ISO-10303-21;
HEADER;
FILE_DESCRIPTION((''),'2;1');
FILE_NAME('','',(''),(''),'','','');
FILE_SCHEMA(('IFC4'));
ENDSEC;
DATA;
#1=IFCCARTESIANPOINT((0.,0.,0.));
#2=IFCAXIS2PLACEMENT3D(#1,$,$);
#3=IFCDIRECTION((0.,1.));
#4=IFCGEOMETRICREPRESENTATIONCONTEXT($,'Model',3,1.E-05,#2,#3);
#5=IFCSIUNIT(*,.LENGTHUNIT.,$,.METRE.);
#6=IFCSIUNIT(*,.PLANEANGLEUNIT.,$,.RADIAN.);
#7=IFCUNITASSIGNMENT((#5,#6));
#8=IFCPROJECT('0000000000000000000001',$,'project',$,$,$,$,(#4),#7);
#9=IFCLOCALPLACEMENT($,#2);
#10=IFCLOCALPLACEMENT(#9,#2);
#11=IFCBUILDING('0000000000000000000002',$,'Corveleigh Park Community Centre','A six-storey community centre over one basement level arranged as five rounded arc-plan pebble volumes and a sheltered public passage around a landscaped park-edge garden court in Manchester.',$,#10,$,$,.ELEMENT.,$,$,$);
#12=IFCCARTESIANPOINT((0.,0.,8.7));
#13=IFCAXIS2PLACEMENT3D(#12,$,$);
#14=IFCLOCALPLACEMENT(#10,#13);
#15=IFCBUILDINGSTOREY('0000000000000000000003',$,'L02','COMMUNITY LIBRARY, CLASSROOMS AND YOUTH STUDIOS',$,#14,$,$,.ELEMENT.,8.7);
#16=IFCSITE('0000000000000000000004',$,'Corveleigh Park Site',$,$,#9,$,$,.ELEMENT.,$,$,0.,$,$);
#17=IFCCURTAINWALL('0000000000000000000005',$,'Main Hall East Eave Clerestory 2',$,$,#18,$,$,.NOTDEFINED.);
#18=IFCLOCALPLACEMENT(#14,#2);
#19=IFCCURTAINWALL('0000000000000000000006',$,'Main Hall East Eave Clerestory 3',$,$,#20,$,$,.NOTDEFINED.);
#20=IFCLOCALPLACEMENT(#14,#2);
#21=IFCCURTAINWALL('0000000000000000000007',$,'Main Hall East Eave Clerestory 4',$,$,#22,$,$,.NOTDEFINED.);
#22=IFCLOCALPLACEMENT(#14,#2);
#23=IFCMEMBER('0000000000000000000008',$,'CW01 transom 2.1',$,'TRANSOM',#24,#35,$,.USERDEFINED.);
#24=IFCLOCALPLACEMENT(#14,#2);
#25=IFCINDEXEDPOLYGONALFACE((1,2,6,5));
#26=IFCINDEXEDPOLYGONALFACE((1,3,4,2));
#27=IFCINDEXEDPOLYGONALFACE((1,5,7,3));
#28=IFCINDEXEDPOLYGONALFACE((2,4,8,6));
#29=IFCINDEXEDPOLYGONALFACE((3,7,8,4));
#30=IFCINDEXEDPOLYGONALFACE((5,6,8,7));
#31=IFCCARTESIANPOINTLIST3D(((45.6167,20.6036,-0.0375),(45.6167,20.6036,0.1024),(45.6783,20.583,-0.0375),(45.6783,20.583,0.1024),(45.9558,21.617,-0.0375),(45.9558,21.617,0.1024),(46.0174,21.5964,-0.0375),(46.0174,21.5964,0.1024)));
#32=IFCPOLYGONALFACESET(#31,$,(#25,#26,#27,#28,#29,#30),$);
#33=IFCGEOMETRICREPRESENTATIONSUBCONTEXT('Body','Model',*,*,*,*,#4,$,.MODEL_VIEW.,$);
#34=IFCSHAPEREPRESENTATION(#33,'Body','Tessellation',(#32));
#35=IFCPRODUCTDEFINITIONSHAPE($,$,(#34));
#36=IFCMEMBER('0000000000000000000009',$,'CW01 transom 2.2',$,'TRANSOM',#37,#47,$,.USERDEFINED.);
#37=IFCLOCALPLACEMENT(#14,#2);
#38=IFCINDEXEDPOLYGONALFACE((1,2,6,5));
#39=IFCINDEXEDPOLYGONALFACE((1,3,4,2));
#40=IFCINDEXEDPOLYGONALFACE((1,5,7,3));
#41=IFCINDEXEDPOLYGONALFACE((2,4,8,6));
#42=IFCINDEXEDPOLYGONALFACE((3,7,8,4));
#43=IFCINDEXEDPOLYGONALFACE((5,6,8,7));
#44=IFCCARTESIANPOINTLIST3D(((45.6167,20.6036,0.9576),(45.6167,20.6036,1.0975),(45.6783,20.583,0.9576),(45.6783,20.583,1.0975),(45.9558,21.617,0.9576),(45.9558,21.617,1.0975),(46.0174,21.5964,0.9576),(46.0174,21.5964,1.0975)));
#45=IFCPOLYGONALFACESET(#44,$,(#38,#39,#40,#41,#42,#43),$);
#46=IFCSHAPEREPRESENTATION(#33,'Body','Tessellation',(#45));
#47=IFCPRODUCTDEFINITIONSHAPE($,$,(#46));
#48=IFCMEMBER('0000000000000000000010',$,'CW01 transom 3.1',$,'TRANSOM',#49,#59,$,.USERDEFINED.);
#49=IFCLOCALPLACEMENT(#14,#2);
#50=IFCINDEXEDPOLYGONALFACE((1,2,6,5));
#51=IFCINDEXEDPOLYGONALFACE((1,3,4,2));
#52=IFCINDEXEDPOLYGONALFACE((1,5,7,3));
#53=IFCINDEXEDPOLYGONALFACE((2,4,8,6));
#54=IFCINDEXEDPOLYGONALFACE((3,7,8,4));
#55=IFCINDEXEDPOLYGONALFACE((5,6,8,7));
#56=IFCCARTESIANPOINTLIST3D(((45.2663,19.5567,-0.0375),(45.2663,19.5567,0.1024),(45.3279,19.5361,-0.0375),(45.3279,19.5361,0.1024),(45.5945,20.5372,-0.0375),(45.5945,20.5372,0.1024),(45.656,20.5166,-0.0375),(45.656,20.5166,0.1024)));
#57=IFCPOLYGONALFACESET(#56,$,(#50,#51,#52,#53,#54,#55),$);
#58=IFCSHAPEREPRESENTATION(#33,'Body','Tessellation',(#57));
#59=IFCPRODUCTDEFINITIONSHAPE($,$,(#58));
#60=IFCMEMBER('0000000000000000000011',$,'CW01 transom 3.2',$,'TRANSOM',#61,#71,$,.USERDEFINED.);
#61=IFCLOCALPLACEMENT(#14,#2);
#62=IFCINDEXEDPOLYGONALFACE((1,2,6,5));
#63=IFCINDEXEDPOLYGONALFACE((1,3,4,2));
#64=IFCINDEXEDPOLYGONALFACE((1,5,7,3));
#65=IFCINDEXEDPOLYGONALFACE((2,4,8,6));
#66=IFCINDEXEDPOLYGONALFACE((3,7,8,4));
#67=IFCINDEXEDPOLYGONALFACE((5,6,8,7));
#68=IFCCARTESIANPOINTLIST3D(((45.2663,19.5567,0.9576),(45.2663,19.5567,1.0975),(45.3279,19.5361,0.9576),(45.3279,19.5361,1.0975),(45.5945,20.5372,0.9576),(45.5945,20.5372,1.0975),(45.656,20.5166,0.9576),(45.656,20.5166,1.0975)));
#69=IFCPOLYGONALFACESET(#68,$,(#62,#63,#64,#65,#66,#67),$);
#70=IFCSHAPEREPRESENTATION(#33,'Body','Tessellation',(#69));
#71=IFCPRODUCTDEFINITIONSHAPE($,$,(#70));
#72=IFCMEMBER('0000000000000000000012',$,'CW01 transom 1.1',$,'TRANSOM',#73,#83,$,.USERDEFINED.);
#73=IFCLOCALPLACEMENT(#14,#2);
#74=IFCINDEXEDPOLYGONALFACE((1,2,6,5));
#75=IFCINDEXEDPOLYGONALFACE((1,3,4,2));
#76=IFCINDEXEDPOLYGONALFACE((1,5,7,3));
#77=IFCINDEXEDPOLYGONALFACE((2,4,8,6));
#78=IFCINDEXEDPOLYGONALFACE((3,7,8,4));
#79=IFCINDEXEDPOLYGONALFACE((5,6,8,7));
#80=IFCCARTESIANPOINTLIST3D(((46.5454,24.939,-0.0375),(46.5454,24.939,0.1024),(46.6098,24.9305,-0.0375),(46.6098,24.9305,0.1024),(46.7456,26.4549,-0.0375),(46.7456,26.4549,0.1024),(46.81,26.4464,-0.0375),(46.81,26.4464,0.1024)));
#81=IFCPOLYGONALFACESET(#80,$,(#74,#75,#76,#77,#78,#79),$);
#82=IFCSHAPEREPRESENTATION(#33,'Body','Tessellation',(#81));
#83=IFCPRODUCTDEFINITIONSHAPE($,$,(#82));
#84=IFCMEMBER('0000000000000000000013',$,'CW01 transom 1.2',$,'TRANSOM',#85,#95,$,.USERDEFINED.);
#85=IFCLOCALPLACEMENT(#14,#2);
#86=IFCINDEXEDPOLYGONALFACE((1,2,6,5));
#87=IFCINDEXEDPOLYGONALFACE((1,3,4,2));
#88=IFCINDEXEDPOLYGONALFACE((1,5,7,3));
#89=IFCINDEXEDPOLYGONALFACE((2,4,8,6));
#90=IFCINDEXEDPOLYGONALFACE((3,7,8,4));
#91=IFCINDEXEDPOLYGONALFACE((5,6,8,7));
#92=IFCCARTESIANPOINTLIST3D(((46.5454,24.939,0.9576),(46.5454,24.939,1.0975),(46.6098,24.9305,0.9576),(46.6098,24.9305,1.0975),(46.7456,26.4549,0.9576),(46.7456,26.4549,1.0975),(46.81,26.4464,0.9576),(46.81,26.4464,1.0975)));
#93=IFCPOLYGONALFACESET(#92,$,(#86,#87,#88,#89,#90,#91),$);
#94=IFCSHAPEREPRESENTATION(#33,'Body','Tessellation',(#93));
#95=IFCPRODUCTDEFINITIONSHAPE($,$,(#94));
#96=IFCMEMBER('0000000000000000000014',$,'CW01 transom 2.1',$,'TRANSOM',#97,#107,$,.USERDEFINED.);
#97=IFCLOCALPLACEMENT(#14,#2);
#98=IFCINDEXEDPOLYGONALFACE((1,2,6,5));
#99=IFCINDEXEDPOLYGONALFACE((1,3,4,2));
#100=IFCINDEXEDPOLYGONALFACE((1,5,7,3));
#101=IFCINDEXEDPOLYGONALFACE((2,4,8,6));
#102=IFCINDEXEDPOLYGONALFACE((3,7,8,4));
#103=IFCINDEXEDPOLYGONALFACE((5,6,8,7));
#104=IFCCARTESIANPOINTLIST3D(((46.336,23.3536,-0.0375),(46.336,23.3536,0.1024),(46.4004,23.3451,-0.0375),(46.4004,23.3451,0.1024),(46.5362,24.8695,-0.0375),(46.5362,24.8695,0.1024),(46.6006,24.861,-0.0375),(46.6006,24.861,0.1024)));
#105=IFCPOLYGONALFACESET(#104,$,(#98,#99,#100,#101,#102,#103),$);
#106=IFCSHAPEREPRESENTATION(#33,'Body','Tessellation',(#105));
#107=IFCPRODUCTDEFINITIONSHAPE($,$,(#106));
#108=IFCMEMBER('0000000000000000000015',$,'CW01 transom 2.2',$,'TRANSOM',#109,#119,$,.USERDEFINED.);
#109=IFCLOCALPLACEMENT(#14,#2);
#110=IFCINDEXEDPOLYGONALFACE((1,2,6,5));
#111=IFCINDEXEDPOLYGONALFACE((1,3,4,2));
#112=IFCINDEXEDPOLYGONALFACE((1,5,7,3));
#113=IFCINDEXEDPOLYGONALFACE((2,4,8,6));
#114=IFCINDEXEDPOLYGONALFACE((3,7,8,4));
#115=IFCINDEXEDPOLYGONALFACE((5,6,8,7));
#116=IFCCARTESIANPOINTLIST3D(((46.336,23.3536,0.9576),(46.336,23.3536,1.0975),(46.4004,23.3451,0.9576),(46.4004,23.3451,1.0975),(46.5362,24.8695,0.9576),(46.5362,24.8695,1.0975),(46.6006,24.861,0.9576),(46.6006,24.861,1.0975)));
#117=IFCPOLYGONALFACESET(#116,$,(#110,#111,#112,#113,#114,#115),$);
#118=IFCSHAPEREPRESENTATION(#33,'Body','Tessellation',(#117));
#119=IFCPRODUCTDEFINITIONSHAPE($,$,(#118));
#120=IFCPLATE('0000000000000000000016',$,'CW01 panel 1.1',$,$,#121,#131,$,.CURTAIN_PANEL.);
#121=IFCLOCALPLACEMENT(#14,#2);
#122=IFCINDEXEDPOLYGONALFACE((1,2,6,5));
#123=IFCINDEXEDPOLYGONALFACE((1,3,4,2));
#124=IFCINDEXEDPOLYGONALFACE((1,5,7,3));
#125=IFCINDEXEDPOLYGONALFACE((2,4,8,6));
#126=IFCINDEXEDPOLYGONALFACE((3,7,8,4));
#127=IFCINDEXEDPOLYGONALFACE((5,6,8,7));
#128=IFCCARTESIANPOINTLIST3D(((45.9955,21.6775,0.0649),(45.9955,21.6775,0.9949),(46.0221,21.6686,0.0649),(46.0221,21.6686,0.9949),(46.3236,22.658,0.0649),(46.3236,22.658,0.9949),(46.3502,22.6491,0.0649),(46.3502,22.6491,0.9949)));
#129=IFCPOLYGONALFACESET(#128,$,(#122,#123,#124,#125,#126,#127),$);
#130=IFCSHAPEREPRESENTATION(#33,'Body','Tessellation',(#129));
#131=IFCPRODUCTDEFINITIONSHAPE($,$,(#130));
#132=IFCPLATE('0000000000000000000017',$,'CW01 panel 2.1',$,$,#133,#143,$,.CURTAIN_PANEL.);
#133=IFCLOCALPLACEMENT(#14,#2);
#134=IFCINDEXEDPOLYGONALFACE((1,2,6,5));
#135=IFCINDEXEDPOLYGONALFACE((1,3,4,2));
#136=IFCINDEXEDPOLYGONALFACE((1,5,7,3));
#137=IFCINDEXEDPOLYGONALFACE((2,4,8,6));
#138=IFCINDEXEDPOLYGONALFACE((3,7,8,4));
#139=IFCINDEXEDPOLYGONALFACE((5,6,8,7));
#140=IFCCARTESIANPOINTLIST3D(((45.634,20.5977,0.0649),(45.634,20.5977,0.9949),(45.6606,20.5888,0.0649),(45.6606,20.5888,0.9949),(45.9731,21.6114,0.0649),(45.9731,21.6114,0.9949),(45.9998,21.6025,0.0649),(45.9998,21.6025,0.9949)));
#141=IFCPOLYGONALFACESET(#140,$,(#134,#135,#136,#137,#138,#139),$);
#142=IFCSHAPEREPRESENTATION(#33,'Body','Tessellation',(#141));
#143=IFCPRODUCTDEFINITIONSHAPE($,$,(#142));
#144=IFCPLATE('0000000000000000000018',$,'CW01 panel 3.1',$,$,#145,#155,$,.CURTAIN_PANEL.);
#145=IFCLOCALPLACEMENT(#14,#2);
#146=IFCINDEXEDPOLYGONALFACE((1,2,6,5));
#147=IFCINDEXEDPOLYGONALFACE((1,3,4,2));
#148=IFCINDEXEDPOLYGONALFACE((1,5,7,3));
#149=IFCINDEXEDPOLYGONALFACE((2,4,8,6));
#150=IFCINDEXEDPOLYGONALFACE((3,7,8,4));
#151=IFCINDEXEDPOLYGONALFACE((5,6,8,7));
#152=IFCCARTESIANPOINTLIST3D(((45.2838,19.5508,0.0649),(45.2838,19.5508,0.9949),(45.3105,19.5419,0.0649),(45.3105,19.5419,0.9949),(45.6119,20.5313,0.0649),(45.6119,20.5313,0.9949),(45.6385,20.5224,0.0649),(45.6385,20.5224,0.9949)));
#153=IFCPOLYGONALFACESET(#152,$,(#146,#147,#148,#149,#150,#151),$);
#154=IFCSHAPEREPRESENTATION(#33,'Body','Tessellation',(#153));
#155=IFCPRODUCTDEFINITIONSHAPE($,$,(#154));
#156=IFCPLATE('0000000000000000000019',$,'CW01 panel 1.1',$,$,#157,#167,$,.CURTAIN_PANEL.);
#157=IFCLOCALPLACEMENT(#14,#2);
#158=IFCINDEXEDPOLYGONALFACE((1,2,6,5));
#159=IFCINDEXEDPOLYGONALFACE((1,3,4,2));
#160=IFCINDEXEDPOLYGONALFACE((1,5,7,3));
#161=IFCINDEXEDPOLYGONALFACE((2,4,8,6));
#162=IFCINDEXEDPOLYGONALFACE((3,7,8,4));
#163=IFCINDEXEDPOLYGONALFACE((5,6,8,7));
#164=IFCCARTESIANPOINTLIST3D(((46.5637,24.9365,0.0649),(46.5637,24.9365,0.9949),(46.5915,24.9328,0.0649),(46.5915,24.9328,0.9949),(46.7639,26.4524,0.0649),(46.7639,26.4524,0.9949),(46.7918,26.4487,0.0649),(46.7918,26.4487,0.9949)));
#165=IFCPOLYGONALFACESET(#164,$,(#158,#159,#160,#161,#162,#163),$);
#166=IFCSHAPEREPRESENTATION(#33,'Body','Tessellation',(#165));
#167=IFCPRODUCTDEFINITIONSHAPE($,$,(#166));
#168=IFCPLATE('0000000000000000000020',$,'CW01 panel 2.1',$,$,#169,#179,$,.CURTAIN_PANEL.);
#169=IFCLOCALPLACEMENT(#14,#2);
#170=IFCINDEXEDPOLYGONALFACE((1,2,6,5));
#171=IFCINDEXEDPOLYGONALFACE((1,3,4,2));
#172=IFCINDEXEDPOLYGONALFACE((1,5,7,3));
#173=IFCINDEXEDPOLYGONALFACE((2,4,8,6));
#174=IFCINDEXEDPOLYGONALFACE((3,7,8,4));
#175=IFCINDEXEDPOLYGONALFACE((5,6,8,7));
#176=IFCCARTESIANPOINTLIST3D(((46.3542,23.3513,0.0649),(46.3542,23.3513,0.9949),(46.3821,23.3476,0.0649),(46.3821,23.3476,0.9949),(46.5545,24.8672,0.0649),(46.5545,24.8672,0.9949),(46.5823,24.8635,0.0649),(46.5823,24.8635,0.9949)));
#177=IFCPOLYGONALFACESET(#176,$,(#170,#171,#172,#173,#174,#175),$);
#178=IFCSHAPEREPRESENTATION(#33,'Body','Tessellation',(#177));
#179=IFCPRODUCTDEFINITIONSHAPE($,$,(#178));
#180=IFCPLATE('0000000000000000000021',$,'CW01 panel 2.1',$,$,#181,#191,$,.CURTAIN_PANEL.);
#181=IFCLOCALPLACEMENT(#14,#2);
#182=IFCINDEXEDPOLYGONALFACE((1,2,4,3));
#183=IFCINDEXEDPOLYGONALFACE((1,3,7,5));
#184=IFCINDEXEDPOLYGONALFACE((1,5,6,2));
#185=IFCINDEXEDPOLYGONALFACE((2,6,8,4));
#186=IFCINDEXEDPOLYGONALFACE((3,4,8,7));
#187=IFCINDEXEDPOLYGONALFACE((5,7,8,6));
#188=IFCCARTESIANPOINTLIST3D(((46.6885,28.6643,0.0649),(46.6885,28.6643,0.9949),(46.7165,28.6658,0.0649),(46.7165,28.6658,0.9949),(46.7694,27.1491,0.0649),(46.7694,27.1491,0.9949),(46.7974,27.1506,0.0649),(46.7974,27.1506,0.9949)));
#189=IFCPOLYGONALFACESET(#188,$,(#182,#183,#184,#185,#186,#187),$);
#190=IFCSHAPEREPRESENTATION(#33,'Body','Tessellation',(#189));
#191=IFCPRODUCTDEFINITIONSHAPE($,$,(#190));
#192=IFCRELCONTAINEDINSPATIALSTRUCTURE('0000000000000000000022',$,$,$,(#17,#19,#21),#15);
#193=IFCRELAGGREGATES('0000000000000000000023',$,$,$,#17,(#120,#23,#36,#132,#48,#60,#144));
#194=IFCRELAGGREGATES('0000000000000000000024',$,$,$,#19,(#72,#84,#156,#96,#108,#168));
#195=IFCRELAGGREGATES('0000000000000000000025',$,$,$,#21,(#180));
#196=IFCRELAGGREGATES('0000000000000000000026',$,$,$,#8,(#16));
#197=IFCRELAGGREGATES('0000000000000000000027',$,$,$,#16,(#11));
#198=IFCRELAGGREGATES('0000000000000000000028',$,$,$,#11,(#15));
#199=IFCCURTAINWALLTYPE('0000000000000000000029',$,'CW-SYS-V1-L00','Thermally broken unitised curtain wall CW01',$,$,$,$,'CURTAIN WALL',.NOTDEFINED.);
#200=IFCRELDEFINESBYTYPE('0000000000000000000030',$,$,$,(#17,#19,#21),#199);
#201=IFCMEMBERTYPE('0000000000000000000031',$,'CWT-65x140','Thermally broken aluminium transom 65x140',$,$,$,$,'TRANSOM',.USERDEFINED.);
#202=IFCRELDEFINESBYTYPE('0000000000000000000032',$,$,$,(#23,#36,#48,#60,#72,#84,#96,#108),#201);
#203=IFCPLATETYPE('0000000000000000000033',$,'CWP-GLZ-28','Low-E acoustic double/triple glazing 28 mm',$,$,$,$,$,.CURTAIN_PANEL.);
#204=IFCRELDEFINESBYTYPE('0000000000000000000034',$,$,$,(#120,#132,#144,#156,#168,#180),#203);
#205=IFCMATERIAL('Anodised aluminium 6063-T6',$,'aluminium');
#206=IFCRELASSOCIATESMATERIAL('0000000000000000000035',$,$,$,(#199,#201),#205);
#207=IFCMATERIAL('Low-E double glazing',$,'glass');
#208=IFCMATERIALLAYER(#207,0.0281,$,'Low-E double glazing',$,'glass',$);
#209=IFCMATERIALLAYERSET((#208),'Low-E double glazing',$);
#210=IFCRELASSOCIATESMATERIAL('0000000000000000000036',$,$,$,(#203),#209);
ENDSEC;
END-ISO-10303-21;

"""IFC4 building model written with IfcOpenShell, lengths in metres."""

from ifc_helpers import new_model, si_unit, direction, frame, origin, origin_2d, place, context, subcontext, project, spatial, rectangle, extrude, material, layer, layer_set, material_profile, profile_set, type_object, element, aggregate, save


model = new_model("IFC4")

# Units and contexts
model_context = context("Model", 3, precision=1e-05, world=origin(), true_north=direction((0.0, 1.0)))
body_context = subcontext(model_context, "Body", "Model", "MODEL_VIEW")
ifc_project = project(units=[si_unit("LENGTHUNIT", "METRE"), si_unit("PLANEANGLEUNIT", "RADIAN")], contexts=[model_context])

# Site, building, storey
site_placement = place(None, origin())
site = spatial("IfcSite", under=ifc_project, at=site_placement, Name="Corveleigh Park Site", CompositionType="ELEMENT", RefElevation=0.0)
building_placement = place(site_placement, origin())
building = spatial("IfcBuilding", under=site, at=building_placement, Name="Corveleigh Park Community Centre", Description="A six-storey community centre over one basement level arranged as five rounded arc-plan pebble volumes and a sheltered public passage around a landscaped park-edge garden court in Manchester.", CompositionType="ELEMENT")
storey_placement = place(building_placement, frame((0.0, 0.0, 8.7)))
storey = spatial("IfcBuildingStorey", under=building, at=storey_placement, Name="L02", Description="COMMUNITY LIBRARY, CLASSROOMS AND YOUTH STUDIOS", CompositionType="ELEMENT", Elevation=8.7)

# Curtain walls
ifc_material_1 = material(Name="Anodised aluminium 6063-T6", Category="aluminium")
curtain_wall_type = type_object("IfcCurtainWallType", Name="CW-SYS-V1-L00", Description="Thermally broken unitised curtain wall CW01", ElementType="CURTAIN WALL", PredefinedType="NOTDEFINED", material=ifc_material_1)
curtain_wall_1_placement = place(storey_placement, origin())
curtain_wall_1 = element("IfcCurtainWall", 1, at=curtain_wall_1_placement, inside=storey, type_object=curtain_wall_type, Name="Main Hall East Eave Clerestory 2", PredefinedType="NOTDEFINED")
curtain_wall_2_placement = place(storey_placement, origin())
curtain_wall_2 = element("IfcCurtainWall", 2, at=curtain_wall_2_placement, inside=storey, type_object=curtain_wall_type, Name="Main Hall East Eave Clerestory 3", PredefinedType="NOTDEFINED")

# Curtain wall
curtain_wall_3_placement = place(storey_placement, origin())
curtain_wall_3 = element("IfcCurtainWall", 3, at=curtain_wall_3_placement, inside=storey, type_object=curtain_wall_type, Name="Main Hall East Eave Clerestory 4", PredefinedType="NOTDEFINED")

# Members
ifc_material_profile_1 = material_profile(ifc_material_1, rectangle(XDim=0.0649, YDim=0.1399, at=origin_2d()), Name="ALU-T65x140", Category="aluminium")
ifc_profile_set_1 = profile_set([ifc_material_profile_1], Name="Anodised aluminium 6063-T6")
member_type_1 = type_object("IfcMemberType", Name="CWT-65x140", Description="Thermally broken aluminium transom 65x140", ElementType="TRANSOM", PredefinedType="USERDEFINED", material=ifc_profile_set_1)
member_1_placement = place(storey_placement, frame((45.9866, 21.6067, 0.0325), z_axis=(-0.317324, -0.948317, 0.0), x_axis=(0.948317, -0.317324, 0.0)))
member_1 = element("IfcMember", 4, at=member_1_placement, type_object=member_type_1, Name="CW01 transom 2.1", ObjectType="TRANSOM", PredefinedType="USERDEFINED", context=body_context, shape_type="SweptSolid", body=[
    extrude(rectangle(XDim=0.0649, YDim=0.1399, at=origin_2d()), origin(), (0.0, 0.0, 1.0), 1.0686),
])
member_2_placement = place(storey_placement, frame((45.9866, 21.6067, 1.0276), z_axis=(-0.317324, -0.948317, 0.0), x_axis=(0.948317, -0.317324, 0.0)))
member_2 = element("IfcMember", 5, at=member_2_placement, type_object=member_type_1, Name="CW01 transom 2.2", ObjectType="TRANSOM", PredefinedType="USERDEFINED", context=body_context, shape_type="SweptSolid", body=[
    extrude(rectangle(XDim=0.0649, YDim=0.1399, at=origin_2d()), origin(), (0.0, 0.0, 1.0), 1.0686),
])
member_3_placement = place(storey_placement, frame((45.6252, 20.5269, 0.0325), z_axis=(-0.317361, -0.948305, 0.0), x_axis=(0.948305, -0.317361, 0.0)))
member_3 = element("IfcMember", 6, at=member_3_placement, type_object=member_type_1, Name="CW01 transom 3.1", ObjectType="TRANSOM", PredefinedType="USERDEFINED", context=body_context, shape_type="SweptSolid", body=[
    extrude(rectangle(XDim=0.0649, YDim=0.1399, at=origin_2d()), origin(), (0.0, 0.0, 1.0), 1.0339),
])
member_4_placement = place(storey_placement, frame((45.6252, 20.5269, 1.0276), z_axis=(-0.317361, -0.948305, 0.0), x_axis=(0.948305, -0.317361, 0.0)))
member_4 = element("IfcMember", 7, at=member_4_placement, type_object=member_type_1, Name="CW01 transom 3.2", ObjectType="TRANSOM", PredefinedType="USERDEFINED", context=body_context, shape_type="SweptSolid", body=[
    extrude(rectangle(XDim=0.0649, YDim=0.1399, at=origin_2d()), origin(), (0.0, 0.0, 1.0), 1.0339),
])
member_5_placement = place(storey_placement, frame((46.7778, 26.4507, 0.0325), z_axis=(-0.130929, -0.991392, 0.0), x_axis=(0.991392, -0.130929, 0.0)))
member_5 = element("IfcMember", 8, at=member_5_placement, type_object=member_type_1, Name="CW01 transom 1.1", ObjectType="TRANSOM", PredefinedType="USERDEFINED", context=body_context, shape_type="SweptSolid", body=[
    extrude(rectangle(XDim=0.0649, YDim=0.1399, at=origin_2d()), origin(), (0.0, 0.0, 1.0), 1.5291),
])
member_6_placement = place(storey_placement, frame((46.7778, 26.4507, 1.0276), z_axis=(-0.130929, -0.991392, 0.0), x_axis=(0.991392, -0.130929, 0.0)))
member_6 = element("IfcMember", 9, at=member_6_placement, type_object=member_type_1, Name="CW01 transom 1.2", ObjectType="TRANSOM", PredefinedType="USERDEFINED", context=body_context, shape_type="SweptSolid", body=[
    extrude(rectangle(XDim=0.0649, YDim=0.1399, at=origin_2d()), origin(), (0.0, 0.0, 1.0), 1.5291),
])
member_7_placement = place(storey_placement, frame((46.5684, 24.8652, 0.0325), z_axis=(-0.130929, -0.991392, 0.0), x_axis=(0.991392, -0.130929, 0.0)))
member_7 = element("IfcMember", 10, at=member_7_placement, type_object=member_type_1, Name="CW01 transom 2.1", ObjectType="TRANSOM", PredefinedType="USERDEFINED", context=body_context, shape_type="SweptSolid", body=[
    extrude(rectangle(XDim=0.0649, YDim=0.1399, at=origin_2d()), origin(), (0.0, 0.0, 1.0), 1.5291),
])
member_8_placement = place(storey_placement, frame((46.5684, 24.8652, 1.0276), z_axis=(-0.130929, -0.991392, 0.0), x_axis=(0.991392, -0.130929, 0.0)))
member_8 = element("IfcMember", 11, at=member_8_placement, type_object=member_type_1, Name="CW01 transom 2.2", ObjectType="TRANSOM", PredefinedType="USERDEFINED", context=body_context, shape_type="SweptSolid", body=[
    extrude(rectangle(XDim=0.0649, YDim=0.1399, at=origin_2d()), origin(), (0.0, 0.0, 1.0), 1.5291),
])

# Plates
ifc_material_2 = material(Name="Low-E double glazing", Category="glass")
ifc_layer_1 = layer(ifc_material_2, 0.0281, Name="Low-E double glazing", Category="glass")
ifc_layer_set_1 = layer_set([ifc_layer_1], Name="Low-E double glazing")
plate_type_1 = type_object("IfcPlateType", Name="CWP-GLZ-28", Description="Low-E acoustic double/triple glazing 28 mm", PredefinedType="CURTAIN_PANEL", material=ifc_layer_set_1)
plate_1_placement = place(storey_placement, frame((46.1729, 22.1633, 0.0649), z_axis=(0.0, 0.0, 1.0), x_axis=(-0.317281, -0.948331, 0.0)))
plate_1 = element("IfcPlate", 12, at=plate_1_placement, type_object=plate_type_1, Name="CW01 panel 1.1", PredefinedType="CURTAIN_PANEL", context=body_context, shape_type="SweptSolid", body=[
    extrude(rectangle(XDim=1.0339, YDim=0.0281, at=origin_2d()), origin(), (0.0, 0.0, 1.0), 0.9299),
])
plate_2_placement = place(storey_placement, frame((45.8169, 21.1001, 0.0649), z_axis=(0.0, 0.0, 1.0), x_axis=(-0.317281, -0.948331, 0.0)))
plate_2 = element("IfcPlate", 13, at=plate_2_placement, type_object=plate_type_1, Name="CW01 panel 2.1", PredefinedType="CURTAIN_PANEL", context=body_context, shape_type="SweptSolid", body=[
    extrude(rectangle(XDim=1.0688, YDim=0.0281, at=origin_2d()), origin(), (0.0, 0.0, 1.0), 0.9299),
])
plate_3_placement = place(storey_placement, frame((45.4612, 20.0366, 0.0649), z_axis=(0.0, 0.0, 1.0), x_axis=(-0.317281, -0.948331, 0.0)))
plate_3 = element("IfcPlate", 14, at=plate_3_placement, type_object=plate_type_1, Name="CW01 panel 3.1", PredefinedType="CURTAIN_PANEL", context=body_context, shape_type="SweptSolid", body=[
    extrude(rectangle(XDim=1.0339, YDim=0.0281, at=origin_2d()), origin(), (0.0, 0.0, 1.0), 0.9299),
])
aggregate(curtain_wall_1, [plate_1, member_1, member_2, plate_2, member_3, member_4, plate_3])
plate_4_placement = place(storey_placement, frame((46.6777, 25.6926, 0.0649), z_axis=(0.0, 0.0, 1.0), x_axis=(-0.130961, -0.991388, 0.0)))
plate_4 = element("IfcPlate", 15, at=plate_4_placement, type_object=plate_type_1, Name="CW01 panel 1.1", PredefinedType="CURTAIN_PANEL", context=body_context, shape_type="SweptSolid", body=[
    extrude(rectangle(XDim=1.5291, YDim=0.0281, at=origin_2d()), origin(), (0.0, 0.0, 1.0), 0.9299),
])
plate_5_placement = place(storey_placement, frame((46.4683, 24.1074, 0.0649), z_axis=(0.0, 0.0, 1.0), x_axis=(-0.130961, -0.991388, 0.0)))
plate_5 = element("IfcPlate", 16, at=plate_5_placement, type_object=plate_type_1, Name="CW01 panel 2.1", PredefinedType="CURTAIN_PANEL", context=body_context, shape_type="SweptSolid", body=[
    extrude(rectangle(XDim=1.5291, YDim=0.0281, at=origin_2d()), origin(), (0.0, 0.0, 1.0), 0.9299),
])
aggregate(curtain_wall_2, [member_5, member_6, plate_4, member_7, member_8, plate_5])
plate_6_placement = place(storey_placement, frame((46.7429, 27.9075, 0.0649), z_axis=(0.0, 0.0, 1.0), x_axis=(0.053319, -0.998578, 0.0)))
plate_6 = element("IfcPlate", 17, at=plate_6_placement, type_object=plate_type_1, Name="CW01 panel 2.1", PredefinedType="CURTAIN_PANEL", context=body_context, shape_type="SweptSolid", body=[
    extrude(rectangle(XDim=1.5173, YDim=0.0281, at=origin_2d()), origin(), (0.0, 0.0, 1.0), 0.9299),
])
aggregate(curtain_wall_3, [plate_6])

save(model, "model.ifc")
